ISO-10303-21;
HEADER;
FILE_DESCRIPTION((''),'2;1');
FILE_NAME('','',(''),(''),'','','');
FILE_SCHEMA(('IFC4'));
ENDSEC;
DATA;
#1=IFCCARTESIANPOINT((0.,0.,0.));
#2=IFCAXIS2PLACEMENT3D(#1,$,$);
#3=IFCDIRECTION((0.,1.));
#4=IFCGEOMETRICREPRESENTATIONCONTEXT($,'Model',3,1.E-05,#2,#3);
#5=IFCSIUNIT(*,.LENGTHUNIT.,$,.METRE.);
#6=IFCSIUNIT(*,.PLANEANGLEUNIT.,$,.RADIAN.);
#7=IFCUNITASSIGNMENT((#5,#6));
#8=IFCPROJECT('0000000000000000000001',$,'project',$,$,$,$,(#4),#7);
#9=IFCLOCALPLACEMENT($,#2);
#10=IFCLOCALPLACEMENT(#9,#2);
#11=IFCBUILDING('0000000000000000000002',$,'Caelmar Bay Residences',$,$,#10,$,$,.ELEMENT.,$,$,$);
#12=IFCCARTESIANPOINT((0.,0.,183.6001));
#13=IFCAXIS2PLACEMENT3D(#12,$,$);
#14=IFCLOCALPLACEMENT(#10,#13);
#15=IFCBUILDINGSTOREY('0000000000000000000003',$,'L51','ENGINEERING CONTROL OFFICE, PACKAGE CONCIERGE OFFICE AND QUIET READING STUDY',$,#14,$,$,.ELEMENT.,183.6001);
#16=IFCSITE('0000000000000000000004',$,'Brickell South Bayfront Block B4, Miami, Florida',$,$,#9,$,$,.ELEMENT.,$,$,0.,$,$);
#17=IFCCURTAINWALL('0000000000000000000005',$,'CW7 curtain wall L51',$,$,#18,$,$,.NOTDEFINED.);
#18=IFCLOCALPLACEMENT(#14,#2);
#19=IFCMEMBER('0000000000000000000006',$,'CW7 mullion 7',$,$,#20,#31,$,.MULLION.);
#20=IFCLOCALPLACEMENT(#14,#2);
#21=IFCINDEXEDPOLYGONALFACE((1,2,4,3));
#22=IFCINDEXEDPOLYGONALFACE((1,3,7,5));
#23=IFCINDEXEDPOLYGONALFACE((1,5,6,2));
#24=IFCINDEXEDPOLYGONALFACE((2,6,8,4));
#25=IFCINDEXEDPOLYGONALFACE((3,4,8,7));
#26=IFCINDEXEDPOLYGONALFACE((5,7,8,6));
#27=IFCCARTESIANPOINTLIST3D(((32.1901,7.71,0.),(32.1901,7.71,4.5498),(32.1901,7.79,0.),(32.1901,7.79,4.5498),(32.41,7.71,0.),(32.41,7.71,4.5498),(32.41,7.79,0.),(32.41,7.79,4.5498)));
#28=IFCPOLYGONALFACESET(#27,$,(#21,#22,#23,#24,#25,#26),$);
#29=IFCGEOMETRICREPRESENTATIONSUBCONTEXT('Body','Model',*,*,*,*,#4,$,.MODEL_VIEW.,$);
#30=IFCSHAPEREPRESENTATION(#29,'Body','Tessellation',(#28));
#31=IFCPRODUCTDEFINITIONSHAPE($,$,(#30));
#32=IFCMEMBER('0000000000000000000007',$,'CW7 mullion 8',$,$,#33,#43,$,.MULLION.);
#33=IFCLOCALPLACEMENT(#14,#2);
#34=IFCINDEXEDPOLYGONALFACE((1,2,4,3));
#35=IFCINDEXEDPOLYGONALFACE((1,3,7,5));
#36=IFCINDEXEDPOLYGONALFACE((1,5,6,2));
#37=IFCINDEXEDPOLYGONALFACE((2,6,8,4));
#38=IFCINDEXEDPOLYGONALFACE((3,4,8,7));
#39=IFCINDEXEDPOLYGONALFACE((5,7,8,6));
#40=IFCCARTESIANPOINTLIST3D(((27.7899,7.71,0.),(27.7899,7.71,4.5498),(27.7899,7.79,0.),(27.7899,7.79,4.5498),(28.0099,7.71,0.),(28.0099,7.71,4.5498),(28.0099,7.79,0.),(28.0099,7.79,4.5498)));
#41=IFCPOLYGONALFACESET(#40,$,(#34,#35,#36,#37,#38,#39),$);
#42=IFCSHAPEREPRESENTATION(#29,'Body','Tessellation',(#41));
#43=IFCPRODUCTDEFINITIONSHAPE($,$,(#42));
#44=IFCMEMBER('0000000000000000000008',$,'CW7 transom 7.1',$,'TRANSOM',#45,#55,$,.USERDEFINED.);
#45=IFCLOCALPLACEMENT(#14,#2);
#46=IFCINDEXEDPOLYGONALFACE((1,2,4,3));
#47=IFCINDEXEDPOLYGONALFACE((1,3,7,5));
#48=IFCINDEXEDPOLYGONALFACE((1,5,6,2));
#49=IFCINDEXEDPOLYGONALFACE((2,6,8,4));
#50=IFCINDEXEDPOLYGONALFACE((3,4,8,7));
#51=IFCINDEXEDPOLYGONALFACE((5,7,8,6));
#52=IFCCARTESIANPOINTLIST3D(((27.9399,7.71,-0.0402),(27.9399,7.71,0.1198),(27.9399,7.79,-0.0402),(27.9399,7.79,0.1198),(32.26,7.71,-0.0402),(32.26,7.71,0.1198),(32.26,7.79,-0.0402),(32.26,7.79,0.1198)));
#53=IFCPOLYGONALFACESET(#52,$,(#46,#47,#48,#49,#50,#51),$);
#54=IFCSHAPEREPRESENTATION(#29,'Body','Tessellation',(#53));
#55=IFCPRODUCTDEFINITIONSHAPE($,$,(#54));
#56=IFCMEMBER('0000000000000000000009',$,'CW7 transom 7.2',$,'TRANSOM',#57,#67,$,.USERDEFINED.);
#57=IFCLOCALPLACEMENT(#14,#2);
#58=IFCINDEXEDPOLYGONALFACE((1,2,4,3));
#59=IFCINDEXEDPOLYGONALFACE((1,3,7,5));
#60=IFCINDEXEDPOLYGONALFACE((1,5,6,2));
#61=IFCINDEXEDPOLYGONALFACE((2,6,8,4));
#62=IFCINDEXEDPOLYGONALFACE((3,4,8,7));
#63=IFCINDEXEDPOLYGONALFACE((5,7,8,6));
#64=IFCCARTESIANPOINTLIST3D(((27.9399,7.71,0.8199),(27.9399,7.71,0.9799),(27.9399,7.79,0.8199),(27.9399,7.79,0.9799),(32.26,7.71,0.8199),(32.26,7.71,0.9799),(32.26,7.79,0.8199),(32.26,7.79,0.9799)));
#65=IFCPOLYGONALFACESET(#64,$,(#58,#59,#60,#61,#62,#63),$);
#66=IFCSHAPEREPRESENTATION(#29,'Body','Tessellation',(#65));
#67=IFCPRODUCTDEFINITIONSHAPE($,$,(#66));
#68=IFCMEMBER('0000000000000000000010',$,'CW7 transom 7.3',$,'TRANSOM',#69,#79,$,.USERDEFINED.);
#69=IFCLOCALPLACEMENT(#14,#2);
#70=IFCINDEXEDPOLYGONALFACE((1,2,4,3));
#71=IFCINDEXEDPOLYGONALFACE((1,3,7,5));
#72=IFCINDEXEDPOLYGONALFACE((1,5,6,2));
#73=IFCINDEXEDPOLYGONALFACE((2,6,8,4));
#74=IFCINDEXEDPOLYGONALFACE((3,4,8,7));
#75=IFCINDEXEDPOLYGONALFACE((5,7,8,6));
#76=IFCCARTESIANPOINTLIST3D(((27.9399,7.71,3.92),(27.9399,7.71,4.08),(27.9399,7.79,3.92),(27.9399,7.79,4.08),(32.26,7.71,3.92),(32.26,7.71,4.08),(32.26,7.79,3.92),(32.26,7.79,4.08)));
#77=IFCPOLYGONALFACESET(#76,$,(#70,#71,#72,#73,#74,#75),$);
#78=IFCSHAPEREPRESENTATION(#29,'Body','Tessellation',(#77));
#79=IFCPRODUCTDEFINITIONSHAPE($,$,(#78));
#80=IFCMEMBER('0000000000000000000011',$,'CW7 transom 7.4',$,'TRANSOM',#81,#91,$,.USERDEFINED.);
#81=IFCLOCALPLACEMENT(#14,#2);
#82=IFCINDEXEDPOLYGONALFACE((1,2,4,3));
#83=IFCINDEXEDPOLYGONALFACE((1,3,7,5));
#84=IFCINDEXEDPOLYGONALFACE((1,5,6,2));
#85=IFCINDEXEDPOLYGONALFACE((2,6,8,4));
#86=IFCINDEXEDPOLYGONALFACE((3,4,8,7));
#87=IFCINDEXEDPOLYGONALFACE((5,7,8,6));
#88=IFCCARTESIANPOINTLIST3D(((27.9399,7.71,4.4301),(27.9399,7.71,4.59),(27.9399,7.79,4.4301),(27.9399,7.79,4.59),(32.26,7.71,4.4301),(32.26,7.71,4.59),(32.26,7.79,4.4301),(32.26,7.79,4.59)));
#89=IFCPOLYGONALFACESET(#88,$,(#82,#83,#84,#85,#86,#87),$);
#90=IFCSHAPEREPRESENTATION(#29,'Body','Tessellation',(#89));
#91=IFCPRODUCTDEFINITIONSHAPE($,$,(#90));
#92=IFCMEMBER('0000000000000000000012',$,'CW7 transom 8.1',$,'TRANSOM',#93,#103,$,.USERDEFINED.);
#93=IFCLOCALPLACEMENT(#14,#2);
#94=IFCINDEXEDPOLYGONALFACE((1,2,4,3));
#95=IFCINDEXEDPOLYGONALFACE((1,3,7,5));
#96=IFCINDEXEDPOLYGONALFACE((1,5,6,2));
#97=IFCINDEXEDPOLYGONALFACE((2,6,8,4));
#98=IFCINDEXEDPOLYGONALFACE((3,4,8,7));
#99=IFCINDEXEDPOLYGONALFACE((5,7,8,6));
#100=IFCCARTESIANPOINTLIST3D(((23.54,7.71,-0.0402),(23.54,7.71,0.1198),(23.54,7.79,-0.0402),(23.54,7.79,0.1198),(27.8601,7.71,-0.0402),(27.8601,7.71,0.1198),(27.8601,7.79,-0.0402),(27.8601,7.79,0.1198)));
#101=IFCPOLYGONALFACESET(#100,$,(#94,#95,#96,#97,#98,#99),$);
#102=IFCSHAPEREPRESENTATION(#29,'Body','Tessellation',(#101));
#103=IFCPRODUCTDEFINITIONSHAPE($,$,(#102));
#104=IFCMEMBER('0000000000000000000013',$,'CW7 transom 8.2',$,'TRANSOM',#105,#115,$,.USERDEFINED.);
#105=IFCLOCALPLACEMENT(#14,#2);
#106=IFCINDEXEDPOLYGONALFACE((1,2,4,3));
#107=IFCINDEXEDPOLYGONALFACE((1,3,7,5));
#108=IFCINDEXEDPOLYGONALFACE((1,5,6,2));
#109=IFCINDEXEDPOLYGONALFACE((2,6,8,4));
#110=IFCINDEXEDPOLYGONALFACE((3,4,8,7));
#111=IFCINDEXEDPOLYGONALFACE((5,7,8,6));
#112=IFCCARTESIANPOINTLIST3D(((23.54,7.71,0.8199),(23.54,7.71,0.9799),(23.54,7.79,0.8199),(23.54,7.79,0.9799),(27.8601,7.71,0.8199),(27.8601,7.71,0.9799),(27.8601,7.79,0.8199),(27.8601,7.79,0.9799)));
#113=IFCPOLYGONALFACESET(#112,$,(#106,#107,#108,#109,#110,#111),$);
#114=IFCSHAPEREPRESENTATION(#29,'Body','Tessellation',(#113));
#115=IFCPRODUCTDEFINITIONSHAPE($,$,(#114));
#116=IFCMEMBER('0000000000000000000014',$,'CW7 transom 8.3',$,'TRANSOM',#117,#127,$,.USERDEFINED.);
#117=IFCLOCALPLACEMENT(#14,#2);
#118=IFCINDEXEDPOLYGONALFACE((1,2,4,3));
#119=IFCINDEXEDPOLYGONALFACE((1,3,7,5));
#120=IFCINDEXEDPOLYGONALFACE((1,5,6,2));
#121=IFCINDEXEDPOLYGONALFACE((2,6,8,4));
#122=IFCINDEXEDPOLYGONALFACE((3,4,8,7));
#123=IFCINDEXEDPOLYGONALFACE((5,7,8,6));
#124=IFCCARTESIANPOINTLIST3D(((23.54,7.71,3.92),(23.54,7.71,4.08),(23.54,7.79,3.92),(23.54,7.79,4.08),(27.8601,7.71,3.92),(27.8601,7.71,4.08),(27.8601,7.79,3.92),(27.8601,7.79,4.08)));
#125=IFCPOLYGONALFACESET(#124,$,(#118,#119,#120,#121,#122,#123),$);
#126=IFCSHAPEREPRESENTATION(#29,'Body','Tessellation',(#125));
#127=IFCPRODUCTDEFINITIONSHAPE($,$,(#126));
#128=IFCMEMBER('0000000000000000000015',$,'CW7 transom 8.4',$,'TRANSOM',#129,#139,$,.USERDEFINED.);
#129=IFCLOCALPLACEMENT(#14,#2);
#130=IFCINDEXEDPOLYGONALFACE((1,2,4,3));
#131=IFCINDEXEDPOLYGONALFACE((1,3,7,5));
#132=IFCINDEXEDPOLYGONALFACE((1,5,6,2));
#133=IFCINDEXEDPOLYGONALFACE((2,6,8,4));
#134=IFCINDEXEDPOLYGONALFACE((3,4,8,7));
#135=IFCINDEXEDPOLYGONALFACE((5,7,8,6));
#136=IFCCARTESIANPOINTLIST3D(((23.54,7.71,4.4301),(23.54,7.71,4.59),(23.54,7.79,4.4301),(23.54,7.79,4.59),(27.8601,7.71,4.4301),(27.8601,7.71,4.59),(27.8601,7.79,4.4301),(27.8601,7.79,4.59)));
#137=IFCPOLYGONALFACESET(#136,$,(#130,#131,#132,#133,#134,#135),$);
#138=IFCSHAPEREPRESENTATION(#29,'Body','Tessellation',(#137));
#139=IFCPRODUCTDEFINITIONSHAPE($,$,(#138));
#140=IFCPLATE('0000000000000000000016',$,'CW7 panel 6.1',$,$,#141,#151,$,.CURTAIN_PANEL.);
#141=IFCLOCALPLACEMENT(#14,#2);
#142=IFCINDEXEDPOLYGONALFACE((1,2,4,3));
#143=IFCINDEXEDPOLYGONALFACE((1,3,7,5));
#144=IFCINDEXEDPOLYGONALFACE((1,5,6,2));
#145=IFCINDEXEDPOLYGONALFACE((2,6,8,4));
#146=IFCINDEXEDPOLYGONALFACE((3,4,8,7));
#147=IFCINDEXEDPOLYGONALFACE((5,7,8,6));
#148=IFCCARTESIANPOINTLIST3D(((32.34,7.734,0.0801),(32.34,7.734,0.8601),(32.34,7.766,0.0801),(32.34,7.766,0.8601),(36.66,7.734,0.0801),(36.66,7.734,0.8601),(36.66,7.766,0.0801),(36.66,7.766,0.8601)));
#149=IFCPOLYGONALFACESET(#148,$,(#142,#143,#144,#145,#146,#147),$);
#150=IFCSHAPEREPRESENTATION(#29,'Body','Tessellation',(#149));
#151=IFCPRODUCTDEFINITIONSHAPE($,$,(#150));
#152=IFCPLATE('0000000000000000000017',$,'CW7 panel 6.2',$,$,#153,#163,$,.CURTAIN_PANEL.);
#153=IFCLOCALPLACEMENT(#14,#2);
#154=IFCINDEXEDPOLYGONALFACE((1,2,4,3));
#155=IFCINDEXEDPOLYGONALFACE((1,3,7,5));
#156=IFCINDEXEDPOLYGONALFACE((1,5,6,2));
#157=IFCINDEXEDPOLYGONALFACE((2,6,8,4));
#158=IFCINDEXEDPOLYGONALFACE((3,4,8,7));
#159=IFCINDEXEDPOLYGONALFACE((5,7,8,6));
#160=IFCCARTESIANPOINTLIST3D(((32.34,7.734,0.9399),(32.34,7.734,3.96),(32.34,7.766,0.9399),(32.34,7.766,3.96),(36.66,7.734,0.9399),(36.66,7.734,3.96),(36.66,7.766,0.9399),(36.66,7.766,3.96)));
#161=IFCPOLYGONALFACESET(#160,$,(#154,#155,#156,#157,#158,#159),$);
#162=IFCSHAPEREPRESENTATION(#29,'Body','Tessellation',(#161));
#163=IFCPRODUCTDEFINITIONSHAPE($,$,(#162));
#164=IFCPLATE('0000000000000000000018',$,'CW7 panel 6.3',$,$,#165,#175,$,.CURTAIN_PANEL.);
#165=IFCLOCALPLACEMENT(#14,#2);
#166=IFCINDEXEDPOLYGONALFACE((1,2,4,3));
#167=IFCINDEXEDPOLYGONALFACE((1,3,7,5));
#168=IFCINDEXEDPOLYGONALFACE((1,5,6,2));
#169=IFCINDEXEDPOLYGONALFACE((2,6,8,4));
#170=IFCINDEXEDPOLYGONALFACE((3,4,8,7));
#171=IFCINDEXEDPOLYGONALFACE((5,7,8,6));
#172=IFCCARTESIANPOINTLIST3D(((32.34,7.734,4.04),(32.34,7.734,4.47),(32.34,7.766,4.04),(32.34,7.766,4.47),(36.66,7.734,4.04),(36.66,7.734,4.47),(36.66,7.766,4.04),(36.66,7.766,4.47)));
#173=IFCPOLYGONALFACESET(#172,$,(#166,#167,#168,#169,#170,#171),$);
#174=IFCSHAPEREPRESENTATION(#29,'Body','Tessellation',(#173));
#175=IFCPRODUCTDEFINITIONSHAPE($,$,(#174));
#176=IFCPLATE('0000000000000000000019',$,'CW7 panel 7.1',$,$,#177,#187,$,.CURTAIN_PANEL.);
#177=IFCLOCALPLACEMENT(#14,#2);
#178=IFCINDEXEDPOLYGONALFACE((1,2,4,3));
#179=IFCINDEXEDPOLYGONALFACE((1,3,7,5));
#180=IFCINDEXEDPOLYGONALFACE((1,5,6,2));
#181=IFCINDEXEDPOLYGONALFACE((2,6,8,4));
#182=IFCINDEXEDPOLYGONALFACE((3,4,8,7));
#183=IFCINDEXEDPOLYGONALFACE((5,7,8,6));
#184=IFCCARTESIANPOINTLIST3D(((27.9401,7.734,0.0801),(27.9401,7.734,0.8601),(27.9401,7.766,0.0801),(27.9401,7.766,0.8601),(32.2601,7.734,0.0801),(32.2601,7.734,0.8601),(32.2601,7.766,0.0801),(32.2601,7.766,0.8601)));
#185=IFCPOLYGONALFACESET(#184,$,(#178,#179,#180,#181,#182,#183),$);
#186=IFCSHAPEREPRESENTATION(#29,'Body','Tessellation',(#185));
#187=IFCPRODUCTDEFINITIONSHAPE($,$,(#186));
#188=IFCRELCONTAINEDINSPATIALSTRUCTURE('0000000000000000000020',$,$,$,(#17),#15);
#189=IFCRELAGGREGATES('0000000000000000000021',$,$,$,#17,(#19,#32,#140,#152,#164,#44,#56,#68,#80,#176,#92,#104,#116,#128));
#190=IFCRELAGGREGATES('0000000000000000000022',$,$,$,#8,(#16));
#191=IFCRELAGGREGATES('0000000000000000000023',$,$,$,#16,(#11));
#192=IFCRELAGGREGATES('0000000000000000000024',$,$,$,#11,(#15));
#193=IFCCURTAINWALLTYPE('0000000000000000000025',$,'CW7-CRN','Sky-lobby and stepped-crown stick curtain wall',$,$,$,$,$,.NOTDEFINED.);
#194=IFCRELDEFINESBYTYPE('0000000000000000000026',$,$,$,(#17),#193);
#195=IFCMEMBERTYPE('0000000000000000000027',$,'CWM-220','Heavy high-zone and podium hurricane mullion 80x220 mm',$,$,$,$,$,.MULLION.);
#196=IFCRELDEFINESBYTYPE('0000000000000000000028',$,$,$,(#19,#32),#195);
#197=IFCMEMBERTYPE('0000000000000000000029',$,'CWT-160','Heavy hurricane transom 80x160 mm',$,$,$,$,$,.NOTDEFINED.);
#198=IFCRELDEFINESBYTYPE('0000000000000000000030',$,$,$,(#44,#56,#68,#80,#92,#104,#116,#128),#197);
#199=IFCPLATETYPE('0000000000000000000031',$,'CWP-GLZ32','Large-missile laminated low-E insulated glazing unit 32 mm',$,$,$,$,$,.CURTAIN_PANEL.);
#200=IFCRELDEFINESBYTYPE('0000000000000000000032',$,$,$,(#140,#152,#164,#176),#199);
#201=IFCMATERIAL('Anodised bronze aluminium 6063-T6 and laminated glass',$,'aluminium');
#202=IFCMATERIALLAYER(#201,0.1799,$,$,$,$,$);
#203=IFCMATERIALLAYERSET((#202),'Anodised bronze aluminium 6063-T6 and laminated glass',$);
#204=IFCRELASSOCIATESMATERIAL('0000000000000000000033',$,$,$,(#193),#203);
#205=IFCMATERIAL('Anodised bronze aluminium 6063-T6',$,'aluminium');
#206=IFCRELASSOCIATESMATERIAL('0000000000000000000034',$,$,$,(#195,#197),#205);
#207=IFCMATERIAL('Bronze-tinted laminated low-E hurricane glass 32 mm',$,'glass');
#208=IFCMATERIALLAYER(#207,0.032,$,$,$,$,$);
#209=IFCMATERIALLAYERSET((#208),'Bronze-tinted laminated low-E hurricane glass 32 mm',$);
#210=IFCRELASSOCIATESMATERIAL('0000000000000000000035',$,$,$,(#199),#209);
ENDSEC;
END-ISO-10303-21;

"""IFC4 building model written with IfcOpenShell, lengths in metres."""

from ifc_helpers import new_model, si_unit, direction, frame, origin, origin_2d, place, context, subcontext, project, spatial, rectangle, extrude, material, layer, layer_set, material_profile, profile_set, type_object, element, aggregate, save


model = new_model("IFC4")

# Units and contexts
model_context = context("Model", 3, precision=1e-05, world=origin(), true_north=direction((0.0, 1.0)))
body_context = subcontext(model_context, "Body", "Model", "MODEL_VIEW")
ifc_project = project(units=[si_unit("LENGTHUNIT", "METRE"), si_unit("PLANEANGLEUNIT", "RADIAN")], contexts=[model_context])

# Site, building, storey
site_placement = place(None, origin())
site = spatial("IfcSite", under=ifc_project, at=site_placement, Name="Brickell South Bayfront Block B4, Miami, Florida", CompositionType="ELEMENT", RefElevation=0.0)
building_placement = place(site_placement, origin())
building = spatial("IfcBuilding", under=site, at=building_placement, Name="Caelmar Bay Residences", CompositionType="ELEMENT")
storey_placement = place(building_placement, frame((0.0, 0.0, 183.6001)))
storey = spatial("IfcBuildingStorey", under=building, at=storey_placement, Name="L51", Description="ENGINEERING CONTROL OFFICE, PACKAGE CONCIERGE OFFICE AND QUIET READING STUDY", CompositionType="ELEMENT", Elevation=183.6001)

# Curtain wall, members, plates
ifc_material_1 = material(Name="Anodised bronze aluminium 6063-T6 and laminated glass", Category="aluminium")
ifc_layer_1 = layer(ifc_material_1, 0.1799)
ifc_layer_set_1 = layer_set([ifc_layer_1], Name="Anodised bronze aluminium 6063-T6 and laminated glass")
curtain_wall_type = type_object("IfcCurtainWallType", Name="CW7-CRN", Description="Sky-lobby and stepped-crown stick curtain wall", PredefinedType="NOTDEFINED", material=ifc_layer_set_1)
curtain_wall_placement = place(storey_placement, origin())
curtain_wall = element("IfcCurtainWall", 1, at=curtain_wall_placement, inside=storey, type_object=curtain_wall_type, Name="CW7 curtain wall L51", PredefinedType="NOTDEFINED")
ifc_material_2 = material(Name="Anodised bronze aluminium 6063-T6", Category="aluminium")
ifc_material_profile_1 = material_profile(ifc_material_2, rectangle(XDim=0.0801, YDim=0.22, at=origin_2d()), Name="CWM-80X220")
ifc_profile_set_1 = profile_set([ifc_material_profile_1], Name="Anodised bronze aluminium 6063-T6")
member_type_1 = type_object("IfcMemberType", Name="CWM-220", Description="Heavy high-zone and podium hurricane mullion 80x220 mm", PredefinedType="MULLION", material=ifc_profile_set_1)
member_1_placement = place(storey_placement, frame((32.3, 7.75, 0.0), z_axis=(0.0, 0.0, 1.0), x_axis=(0.0, -1.0, 0.0)))
member_1 = element("IfcMember", 2, at=member_1_placement, type_object=member_type_1, Name="CW7 mullion 7", PredefinedType="MULLION", context=body_context, shape_type="SweptSolid", body=[
    extrude(rectangle(XDim=0.0801, YDim=0.22, at=origin_2d()), origin(), (0.0, 0.0, 1.0), 4.5498),
])
member_2_placement = place(storey_placement, frame((27.8999, 7.75, 0.0), z_axis=(0.0, 0.0, 1.0), x_axis=(0.0, -1.0, 0.0)))
member_2 = element("IfcMember", 3, at=member_2_placement, type_object=member_type_1, Name="CW7 mullion 8", PredefinedType="MULLION", context=body_context, shape_type="SweptSolid", body=[
    extrude(rectangle(XDim=0.0801, YDim=0.22, at=origin_2d()), origin(), (0.0, 0.0, 1.0), 4.5498),
])
ifc_material_profile_2 = material_profile(ifc_material_2, rectangle(XDim=0.0801, YDim=0.1599, at=origin_2d()), Name="CWT-80X160")
ifc_profile_set_2 = profile_set([ifc_material_profile_2], Name="Anodised bronze aluminium 6063-T6")
member_type_2 = type_object("IfcMemberType", Name="CWT-160", Description="Heavy hurricane transom 80x160 mm", PredefinedType="NOTDEFINED", material=ifc_profile_set_2)
member_3_placement = place(storey_placement, frame((32.26, 7.75, 0.0398), z_axis=(-1.0, 0.0, 0.0), x_axis=(0.0, -1.0, 0.0)))
member_3 = element("IfcMember", 4, at=member_3_placement, type_object=member_type_2, Name="CW7 transom 7.1", ObjectType="TRANSOM", PredefinedType="USERDEFINED", context=body_context, shape_type="SweptSolid", body=[
    extrude(rectangle(XDim=0.0801, YDim=0.1599, at=origin_2d()), origin(), (0.0, 0.0, 1.0), 4.3201),
])
member_4_placement = place(storey_placement, frame((32.26, 7.75, 0.8999), z_axis=(-1.0, 0.0, 0.0), x_axis=(0.0, -1.0, 0.0)))
member_4 = element("IfcMember", 5, at=member_4_placement, type_object=member_type_2, Name="CW7 transom 7.2", ObjectType="TRANSOM", PredefinedType="USERDEFINED", context=body_context, shape_type="SweptSolid", body=[
    extrude(rectangle(XDim=0.0801, YDim=0.1599, at=origin_2d()), origin(), (0.0, 0.0, 1.0), 4.3201),
])
member_5_placement = place(storey_placement, frame((32.26, 7.75, 4.0), z_axis=(-1.0, 0.0, 0.0), x_axis=(0.0, -1.0, 0.0)))
member_5 = element("IfcMember", 6, at=member_5_placement, type_object=member_type_2, Name="CW7 transom 7.3", ObjectType="TRANSOM", PredefinedType="USERDEFINED", context=body_context, shape_type="SweptSolid", body=[
    extrude(rectangle(XDim=0.0801, YDim=0.1599, at=origin_2d()), origin(), (0.0, 0.0, 1.0), 4.3201),
])
member_6_placement = place(storey_placement, frame((32.26, 7.75, 4.51), z_axis=(-1.0, 0.0, 0.0), x_axis=(0.0, -1.0, 0.0)))
member_6 = element("IfcMember", 7, at=member_6_placement, type_object=member_type_2, Name="CW7 transom 7.4", ObjectType="TRANSOM", PredefinedType="USERDEFINED", context=body_context, shape_type="SweptSolid", body=[
    extrude(rectangle(XDim=0.0801, YDim=0.1599, at=origin_2d()), origin(), (0.0, 0.0, 1.0), 4.3201),
])
member_7_placement = place(storey_placement, frame((27.8601, 7.75, 0.0398), z_axis=(-1.0, 0.0, 0.0), x_axis=(0.0, -1.0, 0.0)))
member_7 = element("IfcMember", 8, at=member_7_placement, type_object=member_type_2, Name="CW7 transom 8.1", ObjectType="TRANSOM", PredefinedType="USERDEFINED", context=body_context, shape_type="SweptSolid", body=[
    extrude(rectangle(XDim=0.0801, YDim=0.1599, at=origin_2d()), origin(), (0.0, 0.0, 1.0), 4.3201),
])
member_8_placement = place(storey_placement, frame((27.8601, 7.75, 0.8999), z_axis=(-1.0, 0.0, 0.0), x_axis=(0.0, -1.0, 0.0)))
member_8 = element("IfcMember", 9, at=member_8_placement, type_object=member_type_2, Name="CW7 transom 8.2", ObjectType="TRANSOM", PredefinedType="USERDEFINED", context=body_context, shape_type="SweptSolid", body=[
    extrude(rectangle(XDim=0.0801, YDim=0.1599, at=origin_2d()), origin(), (0.0, 0.0, 1.0), 4.3201),
])
member_9_placement = place(storey_placement, frame((27.8601, 7.75, 4.0), z_axis=(-1.0, 0.0, 0.0), x_axis=(0.0, -1.0, 0.0)))
member_9 = element("IfcMember", 10, at=member_9_placement, type_object=member_type_2, Name="CW7 transom 8.3", ObjectType="TRANSOM", PredefinedType="USERDEFINED", context=body_context, shape_type="SweptSolid", body=[
    extrude(rectangle(XDim=0.0801, YDim=0.1599, at=origin_2d()), origin(), (0.0, 0.0, 1.0), 4.3201),
])
member_10_placement = place(storey_placement, frame((27.8601, 7.75, 4.51), z_axis=(-1.0, 0.0, 0.0), x_axis=(0.0, -1.0, 0.0)))
member_10 = element("IfcMember", 11, at=member_10_placement, type_object=member_type_2, Name="CW7 transom 8.4", ObjectType="TRANSOM", PredefinedType="USERDEFINED", context=body_context, shape_type="SweptSolid", body=[
    extrude(rectangle(XDim=0.0801, YDim=0.1599, at=origin_2d()), origin(), (0.0, 0.0, 1.0), 4.3201),
])
ifc_material_3 = material(Name="Bronze-tinted laminated low-E hurricane glass 32 mm", Category="glass")
ifc_layer_2 = layer(ifc_material_3, 0.032)
ifc_layer_set_2 = layer_set([ifc_layer_2], Name="Bronze-tinted laminated low-E hurricane glass 32 mm")
plate_type = type_object("IfcPlateType", Name="CWP-GLZ32", Description="Large-missile laminated low-E insulated glazing unit 32 mm", PredefinedType="CURTAIN_PANEL", material=ifc_layer_set_2)
plate_1_placement = place(storey_placement, frame((34.5, 7.75, 0.0801), z_axis=(0.0, 0.0, 1.0), x_axis=(-1.0, 0.0, 0.0)))
plate_1 = element("IfcPlate", 12, at=plate_1_placement, type_object=plate_type, Name="CW7 panel 6.1", PredefinedType="CURTAIN_PANEL", context=body_context, shape_type="SweptSolid", body=[
    extrude(rectangle(XDim=4.3201, YDim=0.032, at=origin_2d()), origin(), (0.0, 0.0, 1.0), 0.78),
])
plate_2_placement = place(storey_placement, frame((34.5, 7.75, 0.9399), z_axis=(0.0, 0.0, 1.0), x_axis=(-1.0, 0.0, 0.0)))
plate_2 = element("IfcPlate", 13, at=plate_2_placement, type_object=plate_type, Name="CW7 panel 6.2", PredefinedType="CURTAIN_PANEL", context=body_context, shape_type="SweptSolid", body=[
    extrude(rectangle(XDim=4.3201, YDim=0.032, at=origin_2d()), origin(), (0.0, 0.0, 1.0), 3.02),
])
plate_3_placement = place(storey_placement, frame((34.5, 7.75, 4.04), z_axis=(0.0, 0.0, 1.0), x_axis=(-1.0, 0.0, 0.0)))
plate_3 = element("IfcPlate", 14, at=plate_3_placement, type_object=plate_type, Name="CW7 panel 6.3", PredefinedType="CURTAIN_PANEL", context=body_context, shape_type="SweptSolid", body=[
    extrude(rectangle(XDim=4.3201, YDim=0.032, at=origin_2d()), origin(), (0.0, 0.0, 1.0), 0.4299),
])
plate_4_placement = place(storey_placement, frame((30.1001, 7.75, 0.0801), z_axis=(0.0, 0.0, 1.0), x_axis=(-1.0, 0.0, 0.0)))
plate_4 = element("IfcPlate", 15, at=plate_4_placement, type_object=plate_type, Name="CW7 panel 7.1", PredefinedType="CURTAIN_PANEL", context=body_context, shape_type="SweptSolid", body=[
    extrude(rectangle(XDim=4.3201, YDim=0.032, at=origin_2d()), origin(), (0.0, 0.0, 1.0), 0.78),
])
aggregate(curtain_wall, [member_1, member_2, plate_1, plate_2, plate_3, member_3, member_4, member_5, member_6, plate_4, member_7, member_8, member_9, member_10])

save(model, "model.ifc")
